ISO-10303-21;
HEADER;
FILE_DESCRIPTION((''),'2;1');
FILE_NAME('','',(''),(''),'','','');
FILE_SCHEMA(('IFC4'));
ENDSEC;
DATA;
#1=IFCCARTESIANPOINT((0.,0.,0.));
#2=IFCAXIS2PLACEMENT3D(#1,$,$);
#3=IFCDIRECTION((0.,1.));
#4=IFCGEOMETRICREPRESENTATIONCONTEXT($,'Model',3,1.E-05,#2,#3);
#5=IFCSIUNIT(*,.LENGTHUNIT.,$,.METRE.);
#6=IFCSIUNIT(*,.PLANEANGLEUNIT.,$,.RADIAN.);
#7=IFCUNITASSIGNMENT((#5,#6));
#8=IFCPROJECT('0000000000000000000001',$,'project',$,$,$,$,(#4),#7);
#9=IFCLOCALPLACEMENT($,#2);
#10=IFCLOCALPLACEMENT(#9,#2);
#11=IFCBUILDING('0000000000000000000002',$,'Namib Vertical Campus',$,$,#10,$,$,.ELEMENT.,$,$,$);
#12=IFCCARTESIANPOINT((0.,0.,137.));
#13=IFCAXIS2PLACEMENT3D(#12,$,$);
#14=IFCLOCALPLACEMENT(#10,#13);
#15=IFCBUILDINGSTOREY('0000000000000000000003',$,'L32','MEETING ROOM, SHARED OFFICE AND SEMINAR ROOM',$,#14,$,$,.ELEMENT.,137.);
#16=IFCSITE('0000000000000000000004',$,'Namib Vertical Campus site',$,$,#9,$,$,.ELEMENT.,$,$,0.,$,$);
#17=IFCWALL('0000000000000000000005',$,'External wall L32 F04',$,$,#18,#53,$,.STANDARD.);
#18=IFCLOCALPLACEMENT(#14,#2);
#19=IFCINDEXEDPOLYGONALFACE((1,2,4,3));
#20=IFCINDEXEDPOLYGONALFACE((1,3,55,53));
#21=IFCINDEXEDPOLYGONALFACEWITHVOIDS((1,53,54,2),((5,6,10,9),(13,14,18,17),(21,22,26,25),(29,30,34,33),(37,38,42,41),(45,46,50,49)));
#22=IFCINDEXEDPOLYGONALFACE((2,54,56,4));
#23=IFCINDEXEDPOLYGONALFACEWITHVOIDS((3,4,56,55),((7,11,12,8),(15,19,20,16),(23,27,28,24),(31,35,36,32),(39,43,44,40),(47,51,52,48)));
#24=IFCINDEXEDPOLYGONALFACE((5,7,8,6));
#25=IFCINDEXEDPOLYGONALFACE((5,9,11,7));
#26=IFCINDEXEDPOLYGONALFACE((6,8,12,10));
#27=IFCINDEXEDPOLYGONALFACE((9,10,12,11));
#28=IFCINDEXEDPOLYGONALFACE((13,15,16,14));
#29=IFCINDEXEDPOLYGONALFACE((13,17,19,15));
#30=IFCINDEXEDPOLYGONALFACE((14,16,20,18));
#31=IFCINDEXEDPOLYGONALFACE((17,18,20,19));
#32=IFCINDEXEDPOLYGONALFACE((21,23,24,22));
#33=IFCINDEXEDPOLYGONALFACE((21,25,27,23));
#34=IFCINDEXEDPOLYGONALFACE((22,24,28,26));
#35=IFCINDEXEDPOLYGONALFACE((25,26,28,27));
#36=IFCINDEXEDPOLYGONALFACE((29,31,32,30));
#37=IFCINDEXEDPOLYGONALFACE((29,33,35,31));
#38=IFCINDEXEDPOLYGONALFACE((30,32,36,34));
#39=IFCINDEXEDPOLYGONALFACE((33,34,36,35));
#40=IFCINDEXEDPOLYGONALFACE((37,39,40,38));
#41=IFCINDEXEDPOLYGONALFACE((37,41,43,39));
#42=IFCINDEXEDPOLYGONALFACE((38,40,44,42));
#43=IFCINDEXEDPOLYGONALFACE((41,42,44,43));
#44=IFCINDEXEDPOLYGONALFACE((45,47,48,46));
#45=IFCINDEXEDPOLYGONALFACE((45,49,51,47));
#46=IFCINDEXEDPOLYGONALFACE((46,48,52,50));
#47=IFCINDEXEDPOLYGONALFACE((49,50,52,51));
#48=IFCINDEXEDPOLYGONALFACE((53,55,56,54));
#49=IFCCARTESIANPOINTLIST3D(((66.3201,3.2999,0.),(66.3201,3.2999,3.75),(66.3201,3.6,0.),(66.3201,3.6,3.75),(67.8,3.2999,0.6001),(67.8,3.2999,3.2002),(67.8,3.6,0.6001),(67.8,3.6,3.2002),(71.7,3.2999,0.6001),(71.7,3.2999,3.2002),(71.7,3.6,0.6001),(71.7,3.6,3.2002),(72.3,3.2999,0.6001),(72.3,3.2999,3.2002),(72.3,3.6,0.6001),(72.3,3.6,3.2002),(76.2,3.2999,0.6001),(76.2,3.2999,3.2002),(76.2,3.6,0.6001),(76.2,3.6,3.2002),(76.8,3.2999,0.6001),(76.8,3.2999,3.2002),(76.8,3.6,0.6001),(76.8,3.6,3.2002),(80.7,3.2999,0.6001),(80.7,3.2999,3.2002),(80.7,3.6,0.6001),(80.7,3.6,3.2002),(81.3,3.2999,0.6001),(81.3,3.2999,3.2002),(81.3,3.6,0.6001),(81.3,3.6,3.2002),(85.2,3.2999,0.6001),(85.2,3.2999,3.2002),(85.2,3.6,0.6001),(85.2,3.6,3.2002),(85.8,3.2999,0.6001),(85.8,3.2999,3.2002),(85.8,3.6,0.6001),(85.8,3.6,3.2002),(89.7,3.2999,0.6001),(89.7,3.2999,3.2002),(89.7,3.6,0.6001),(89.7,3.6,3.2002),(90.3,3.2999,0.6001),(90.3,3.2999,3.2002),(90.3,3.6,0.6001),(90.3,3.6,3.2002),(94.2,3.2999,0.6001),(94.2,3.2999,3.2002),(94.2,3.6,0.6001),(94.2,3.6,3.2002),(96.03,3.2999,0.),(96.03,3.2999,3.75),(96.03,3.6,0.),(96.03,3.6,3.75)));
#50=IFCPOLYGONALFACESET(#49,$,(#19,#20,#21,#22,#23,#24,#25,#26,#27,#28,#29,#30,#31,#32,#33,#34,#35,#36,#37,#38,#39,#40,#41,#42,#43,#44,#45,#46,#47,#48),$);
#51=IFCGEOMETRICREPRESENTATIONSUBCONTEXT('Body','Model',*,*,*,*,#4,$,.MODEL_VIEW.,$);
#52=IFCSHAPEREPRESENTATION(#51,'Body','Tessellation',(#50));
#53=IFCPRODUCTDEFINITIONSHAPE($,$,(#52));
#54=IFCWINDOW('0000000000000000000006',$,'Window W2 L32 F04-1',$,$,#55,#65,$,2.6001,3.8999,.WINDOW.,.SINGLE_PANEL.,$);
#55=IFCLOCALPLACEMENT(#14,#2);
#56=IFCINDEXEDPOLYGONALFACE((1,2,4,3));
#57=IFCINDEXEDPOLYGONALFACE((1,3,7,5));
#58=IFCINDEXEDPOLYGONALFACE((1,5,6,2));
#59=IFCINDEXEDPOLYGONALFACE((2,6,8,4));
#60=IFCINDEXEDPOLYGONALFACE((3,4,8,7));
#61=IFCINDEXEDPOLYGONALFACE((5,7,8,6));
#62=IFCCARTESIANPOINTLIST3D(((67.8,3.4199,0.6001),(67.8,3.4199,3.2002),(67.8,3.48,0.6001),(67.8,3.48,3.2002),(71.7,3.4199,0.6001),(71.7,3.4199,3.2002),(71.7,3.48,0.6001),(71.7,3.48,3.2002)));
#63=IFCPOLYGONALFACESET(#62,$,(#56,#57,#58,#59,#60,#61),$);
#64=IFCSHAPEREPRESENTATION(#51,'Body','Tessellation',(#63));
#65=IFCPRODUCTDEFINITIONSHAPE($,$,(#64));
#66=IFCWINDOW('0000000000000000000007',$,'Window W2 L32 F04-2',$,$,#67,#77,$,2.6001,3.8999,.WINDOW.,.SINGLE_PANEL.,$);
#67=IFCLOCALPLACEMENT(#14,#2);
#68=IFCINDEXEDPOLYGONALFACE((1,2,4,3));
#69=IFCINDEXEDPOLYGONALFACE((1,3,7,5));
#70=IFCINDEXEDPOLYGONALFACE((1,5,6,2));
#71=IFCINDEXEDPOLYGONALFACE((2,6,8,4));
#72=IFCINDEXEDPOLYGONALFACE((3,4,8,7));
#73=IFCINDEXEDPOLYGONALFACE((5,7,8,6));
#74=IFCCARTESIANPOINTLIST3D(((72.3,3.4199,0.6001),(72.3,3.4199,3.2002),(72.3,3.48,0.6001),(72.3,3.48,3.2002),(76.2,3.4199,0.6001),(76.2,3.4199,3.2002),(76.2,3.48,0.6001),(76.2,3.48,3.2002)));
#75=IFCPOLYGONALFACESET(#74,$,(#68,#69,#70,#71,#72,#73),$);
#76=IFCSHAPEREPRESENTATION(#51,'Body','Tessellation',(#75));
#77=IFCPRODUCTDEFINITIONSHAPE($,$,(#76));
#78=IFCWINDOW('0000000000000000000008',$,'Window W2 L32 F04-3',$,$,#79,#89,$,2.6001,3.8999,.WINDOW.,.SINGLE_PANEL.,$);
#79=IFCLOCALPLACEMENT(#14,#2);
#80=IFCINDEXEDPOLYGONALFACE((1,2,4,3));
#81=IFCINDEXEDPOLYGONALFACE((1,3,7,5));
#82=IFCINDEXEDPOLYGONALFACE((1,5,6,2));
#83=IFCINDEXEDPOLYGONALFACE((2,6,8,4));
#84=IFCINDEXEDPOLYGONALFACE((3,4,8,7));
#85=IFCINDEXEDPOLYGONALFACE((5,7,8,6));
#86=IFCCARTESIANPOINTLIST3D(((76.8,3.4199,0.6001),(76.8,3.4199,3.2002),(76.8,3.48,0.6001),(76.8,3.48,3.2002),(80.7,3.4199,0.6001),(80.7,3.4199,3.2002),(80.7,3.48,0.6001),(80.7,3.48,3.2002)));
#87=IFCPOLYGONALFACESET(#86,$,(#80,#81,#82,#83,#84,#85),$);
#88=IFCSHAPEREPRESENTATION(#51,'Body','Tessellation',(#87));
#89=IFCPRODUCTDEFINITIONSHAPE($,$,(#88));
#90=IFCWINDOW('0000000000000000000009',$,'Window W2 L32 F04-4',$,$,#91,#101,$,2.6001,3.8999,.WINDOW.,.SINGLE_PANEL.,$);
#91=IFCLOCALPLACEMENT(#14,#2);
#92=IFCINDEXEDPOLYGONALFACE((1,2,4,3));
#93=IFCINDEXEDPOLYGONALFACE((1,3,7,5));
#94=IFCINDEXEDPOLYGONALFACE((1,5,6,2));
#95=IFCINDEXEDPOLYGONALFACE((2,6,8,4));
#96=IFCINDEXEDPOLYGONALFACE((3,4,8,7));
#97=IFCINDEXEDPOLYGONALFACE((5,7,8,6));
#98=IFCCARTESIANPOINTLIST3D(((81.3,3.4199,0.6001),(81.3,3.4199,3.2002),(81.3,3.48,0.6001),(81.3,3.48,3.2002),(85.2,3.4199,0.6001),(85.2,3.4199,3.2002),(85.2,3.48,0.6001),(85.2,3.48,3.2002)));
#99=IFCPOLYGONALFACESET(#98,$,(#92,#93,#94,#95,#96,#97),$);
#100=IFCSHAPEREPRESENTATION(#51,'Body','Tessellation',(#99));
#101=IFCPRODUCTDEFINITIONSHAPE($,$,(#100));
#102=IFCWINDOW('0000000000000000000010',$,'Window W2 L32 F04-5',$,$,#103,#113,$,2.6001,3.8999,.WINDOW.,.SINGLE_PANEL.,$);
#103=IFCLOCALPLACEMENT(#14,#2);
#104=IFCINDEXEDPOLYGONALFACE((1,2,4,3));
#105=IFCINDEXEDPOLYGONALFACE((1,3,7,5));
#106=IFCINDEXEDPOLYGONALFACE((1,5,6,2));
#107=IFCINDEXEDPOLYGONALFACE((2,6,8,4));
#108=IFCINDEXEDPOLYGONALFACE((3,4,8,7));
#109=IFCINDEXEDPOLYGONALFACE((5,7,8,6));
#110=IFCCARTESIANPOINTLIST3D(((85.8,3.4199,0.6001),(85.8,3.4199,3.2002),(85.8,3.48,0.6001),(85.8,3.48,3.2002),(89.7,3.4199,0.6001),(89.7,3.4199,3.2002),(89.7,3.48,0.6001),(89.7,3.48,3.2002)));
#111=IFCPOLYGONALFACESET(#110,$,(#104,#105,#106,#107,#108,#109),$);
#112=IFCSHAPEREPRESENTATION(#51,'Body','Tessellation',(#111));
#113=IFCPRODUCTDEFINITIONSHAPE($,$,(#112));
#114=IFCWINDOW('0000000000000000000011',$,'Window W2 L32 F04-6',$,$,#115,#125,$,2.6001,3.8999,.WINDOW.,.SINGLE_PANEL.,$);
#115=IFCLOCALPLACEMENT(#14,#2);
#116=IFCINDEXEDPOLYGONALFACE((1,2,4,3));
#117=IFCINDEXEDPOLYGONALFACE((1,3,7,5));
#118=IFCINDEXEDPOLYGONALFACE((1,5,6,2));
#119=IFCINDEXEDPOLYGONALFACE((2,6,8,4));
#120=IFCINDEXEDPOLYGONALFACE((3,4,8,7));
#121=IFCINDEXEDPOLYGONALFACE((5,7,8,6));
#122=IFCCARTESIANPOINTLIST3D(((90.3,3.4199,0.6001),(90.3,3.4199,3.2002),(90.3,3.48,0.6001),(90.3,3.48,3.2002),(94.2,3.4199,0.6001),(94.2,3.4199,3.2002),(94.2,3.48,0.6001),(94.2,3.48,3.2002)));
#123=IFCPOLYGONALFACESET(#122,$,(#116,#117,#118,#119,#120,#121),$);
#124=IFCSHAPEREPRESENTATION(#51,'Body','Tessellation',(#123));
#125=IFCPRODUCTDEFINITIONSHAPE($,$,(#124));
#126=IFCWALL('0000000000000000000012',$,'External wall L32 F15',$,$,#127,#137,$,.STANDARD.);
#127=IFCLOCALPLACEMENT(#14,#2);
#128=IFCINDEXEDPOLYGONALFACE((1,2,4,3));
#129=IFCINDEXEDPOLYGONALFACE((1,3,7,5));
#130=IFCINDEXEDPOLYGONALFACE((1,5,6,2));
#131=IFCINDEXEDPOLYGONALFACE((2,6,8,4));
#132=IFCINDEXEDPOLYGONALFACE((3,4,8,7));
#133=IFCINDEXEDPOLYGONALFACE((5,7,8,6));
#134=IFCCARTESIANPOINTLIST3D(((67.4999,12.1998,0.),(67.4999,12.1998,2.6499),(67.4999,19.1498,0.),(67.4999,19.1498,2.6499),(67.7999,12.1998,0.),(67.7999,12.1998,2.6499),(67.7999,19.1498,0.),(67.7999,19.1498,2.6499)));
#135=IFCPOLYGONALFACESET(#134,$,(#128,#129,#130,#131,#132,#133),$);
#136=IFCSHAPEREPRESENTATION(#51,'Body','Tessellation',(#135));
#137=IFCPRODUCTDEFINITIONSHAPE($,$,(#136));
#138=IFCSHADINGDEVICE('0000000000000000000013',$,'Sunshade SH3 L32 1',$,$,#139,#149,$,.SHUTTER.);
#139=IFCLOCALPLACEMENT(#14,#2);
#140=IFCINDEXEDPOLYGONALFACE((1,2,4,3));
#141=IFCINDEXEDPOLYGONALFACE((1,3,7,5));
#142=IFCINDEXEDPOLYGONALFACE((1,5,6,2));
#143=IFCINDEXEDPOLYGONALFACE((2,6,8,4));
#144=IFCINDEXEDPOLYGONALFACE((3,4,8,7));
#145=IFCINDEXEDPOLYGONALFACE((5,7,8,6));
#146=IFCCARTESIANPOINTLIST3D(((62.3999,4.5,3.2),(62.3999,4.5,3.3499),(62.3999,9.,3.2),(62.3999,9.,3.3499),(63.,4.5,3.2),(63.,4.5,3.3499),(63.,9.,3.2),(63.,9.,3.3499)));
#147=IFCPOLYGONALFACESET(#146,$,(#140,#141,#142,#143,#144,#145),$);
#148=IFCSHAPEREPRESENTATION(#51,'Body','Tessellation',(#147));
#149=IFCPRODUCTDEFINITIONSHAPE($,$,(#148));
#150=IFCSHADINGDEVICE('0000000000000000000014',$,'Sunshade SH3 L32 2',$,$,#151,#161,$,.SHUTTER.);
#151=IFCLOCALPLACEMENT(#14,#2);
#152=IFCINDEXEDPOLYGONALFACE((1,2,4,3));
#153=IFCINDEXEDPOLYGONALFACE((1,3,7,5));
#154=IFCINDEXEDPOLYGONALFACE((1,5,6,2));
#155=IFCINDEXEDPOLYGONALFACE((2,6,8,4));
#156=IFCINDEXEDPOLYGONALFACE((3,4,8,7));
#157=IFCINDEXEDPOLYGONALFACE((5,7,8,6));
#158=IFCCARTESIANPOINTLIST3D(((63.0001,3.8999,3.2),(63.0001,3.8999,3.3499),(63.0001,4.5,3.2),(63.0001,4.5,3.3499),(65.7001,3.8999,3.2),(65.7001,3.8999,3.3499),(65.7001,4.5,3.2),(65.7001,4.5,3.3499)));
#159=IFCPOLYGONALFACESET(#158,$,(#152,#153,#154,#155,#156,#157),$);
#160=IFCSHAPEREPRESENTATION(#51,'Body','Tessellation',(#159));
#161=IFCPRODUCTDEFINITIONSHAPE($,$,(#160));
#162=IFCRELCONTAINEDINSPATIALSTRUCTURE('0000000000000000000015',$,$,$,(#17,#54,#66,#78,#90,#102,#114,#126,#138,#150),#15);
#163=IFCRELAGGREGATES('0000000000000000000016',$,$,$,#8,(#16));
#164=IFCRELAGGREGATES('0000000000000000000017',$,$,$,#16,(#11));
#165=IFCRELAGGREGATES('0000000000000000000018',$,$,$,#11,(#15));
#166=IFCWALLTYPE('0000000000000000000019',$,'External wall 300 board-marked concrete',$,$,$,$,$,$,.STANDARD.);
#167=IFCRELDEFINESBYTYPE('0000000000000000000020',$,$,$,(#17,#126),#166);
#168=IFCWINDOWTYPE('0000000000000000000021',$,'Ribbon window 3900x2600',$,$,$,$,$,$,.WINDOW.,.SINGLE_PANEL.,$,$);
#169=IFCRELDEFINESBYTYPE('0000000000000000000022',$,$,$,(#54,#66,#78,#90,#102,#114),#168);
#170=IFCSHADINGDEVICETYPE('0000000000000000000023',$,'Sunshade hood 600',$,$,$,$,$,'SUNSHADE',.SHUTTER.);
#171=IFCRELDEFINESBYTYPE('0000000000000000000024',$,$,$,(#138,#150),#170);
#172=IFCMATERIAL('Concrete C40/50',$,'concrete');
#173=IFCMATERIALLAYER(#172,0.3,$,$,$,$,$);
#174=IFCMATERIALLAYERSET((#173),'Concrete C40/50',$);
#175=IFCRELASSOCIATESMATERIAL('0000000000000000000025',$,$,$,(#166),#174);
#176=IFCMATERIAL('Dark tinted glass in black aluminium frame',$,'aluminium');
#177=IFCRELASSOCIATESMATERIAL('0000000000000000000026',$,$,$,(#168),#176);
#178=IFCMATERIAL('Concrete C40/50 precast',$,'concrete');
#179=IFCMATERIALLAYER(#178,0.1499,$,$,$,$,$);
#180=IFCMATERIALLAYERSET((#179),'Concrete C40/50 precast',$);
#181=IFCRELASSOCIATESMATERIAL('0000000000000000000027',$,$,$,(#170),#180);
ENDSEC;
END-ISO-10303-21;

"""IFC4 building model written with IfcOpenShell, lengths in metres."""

from ifc_helpers import new_model, si_unit, direction, frame, frame_2d, origin, origin_2d, place, context, subcontext, project, spatial, rectangle, extrude, material, layer, layer_set, type_object, element, fill, save


model = new_model("IFC4")

# Units and contexts
model_context = context("Model", 3, precision=1e-05, world=origin(), true_north=direction((0.0, 1.0)))
body_context = subcontext(model_context, "Body", "Model", "MODEL_VIEW")
ifc_project = project(units=[si_unit("LENGTHUNIT", "METRE"), si_unit("PLANEANGLEUNIT", "RADIAN")], contexts=[model_context])

# Site, building, storey
site_placement = place(None, origin())
site = spatial("IfcSite", under=ifc_project, at=site_placement, Name="Namib Vertical Campus site", CompositionType="ELEMENT", RefElevation=0.0)
building_placement = place(site_placement, origin())
building = spatial("IfcBuilding", under=site, at=building_placement, Name="Namib Vertical Campus", CompositionType="ELEMENT")
storey_placement = place(building_placement, frame((0.0, 0.0, 137.0)))
storey = spatial("IfcBuildingStorey", under=building, at=storey_placement, Name="L32", Description="MEETING ROOM, SHARED OFFICE AND SEMINAR ROOM", CompositionType="ELEMENT", Elevation=137.0)

# Shared definitions
ifc_material_1 = material(Name="Concrete C40/50", Category="concrete")
ifc_layer_1 = layer(ifc_material_1, 0.3)
ifc_layer_set_1 = layer_set([ifc_layer_1], Name="Concrete C40/50")
wall_type = type_object("IfcWallType", Name="External wall 300 board-marked concrete", PredefinedType="STANDARD", material=ifc_layer_set_1)

# Wall, openings, windows
wall_1_placement = place(storey_placement, frame((66.3201, 3.45, 0.0), z_axis=(0.0, 0.0, 1.0), x_axis=(1.0, 0.0, 0.0)))
wall_1 = element("IfcWall", 1, at=wall_1_placement, inside=storey, type_object=wall_type, Name="External wall L32 F04", PredefinedType="STANDARD", context=body_context, shape_type="SweptSolid", body=[
    extrude(rectangle(XDim=29.71, YDim=0.3, at=frame_2d((14.855, 0.0))), origin(), (0.0, 0.0, 1.0), 3.75),
])
opening_1_placement = place(wall_1_placement, frame((1.48, 0.0, 0.6001)))
opening_1 = element("IfcOpeningElement", 2, at=opening_1_placement, cuts=wall_1, PredefinedType="OPENING", context=body_context, shape_type="SweptSolid", body=[
    extrude(rectangle(XDim=3.8999, YDim=2.6001, at=frame_2d((1.95, 1.3))), frame((0.0, 0.1599, 0.0), z_axis=(0.0, -1.0, 0.0), x_axis=(1.0, 0.0, 0.0)), (0.0, 0.0, 1.0), 0.3201),
])
opening_2_placement = place(wall_1_placement, frame((5.98, 0.0, 0.6001)))
opening_2 = element("IfcOpeningElement", 3, at=opening_2_placement, cuts=wall_1, PredefinedType="OPENING", context=body_context, shape_type="SweptSolid", body=[
    extrude(rectangle(XDim=3.8999, YDim=2.6001, at=frame_2d((1.95, 1.3))), frame((0.0, 0.1599, 0.0), z_axis=(0.0, -1.0, 0.0), x_axis=(1.0, 0.0, 0.0)), (0.0, 0.0, 1.0), 0.3201),
])
opening_3_placement = place(wall_1_placement, frame((10.48, 0.0, 0.6001)))
opening_3 = element("IfcOpeningElement", 4, at=opening_3_placement, cuts=wall_1, PredefinedType="OPENING", context=body_context, shape_type="SweptSolid", body=[
    extrude(rectangle(XDim=3.8999, YDim=2.6001, at=frame_2d((1.95, 1.3))), frame((0.0, 0.1599, 0.0), z_axis=(0.0, -1.0, 0.0), x_axis=(1.0, 0.0, 0.0)), (0.0, 0.0, 1.0), 0.3201),
])
opening_4_placement = place(wall_1_placement, frame((14.98, 0.0, 0.6001)))
opening_4 = element("IfcOpeningElement", 5, at=opening_4_placement, cuts=wall_1, PredefinedType="OPENING", context=body_context, shape_type="SweptSolid", body=[
    extrude(rectangle(XDim=3.8999, YDim=2.6001, at=frame_2d((1.95, 1.3))), frame((0.0, 0.1599, 0.0), z_axis=(0.0, -1.0, 0.0), x_axis=(1.0, 0.0, 0.0)), (0.0, 0.0, 1.0), 0.3201),
])
opening_5_placement = place(wall_1_placement, frame((19.48, 0.0, 0.6001)))
opening_5 = element("IfcOpeningElement", 6, at=opening_5_placement, cuts=wall_1, PredefinedType="OPENING", context=body_context, shape_type="SweptSolid", body=[
    extrude(rectangle(XDim=3.8999, YDim=2.6001, at=frame_2d((1.95, 1.3))), frame((0.0, 0.1599, 0.0), z_axis=(0.0, -1.0, 0.0), x_axis=(1.0, 0.0, 0.0)), (0.0, 0.0, 1.0), 0.3201),
])
opening_6_placement = place(wall_1_placement, frame((23.98, 0.0, 0.6001)))
opening_6 = element("IfcOpeningElement", 7, at=opening_6_placement, cuts=wall_1, PredefinedType="OPENING", context=body_context, shape_type="SweptSolid", body=[
    extrude(rectangle(XDim=3.8999, YDim=2.6001, at=frame_2d((1.95, 1.3))), frame((0.0, 0.1599, 0.0), z_axis=(0.0, -1.0, 0.0), x_axis=(1.0, 0.0, 0.0)), (0.0, 0.0, 1.0), 0.3201),
])
ifc_material_2 = material(Name="Dark tinted glass in black aluminium frame", Category="aluminium")
window_type = type_object("IfcWindowType", Name="Ribbon window 3900x2600", PartitioningType="SINGLE_PANEL", PredefinedType="WINDOW", material=ifc_material_2)
window_1_placement = place(opening_1_placement, origin())
window_1 = element("IfcWindow", 8, at=window_1_placement, inside=storey, type_object=window_type, Name="Window W2 L32 F04-1", OverallHeight=2.6001, OverallWidth=3.8999, PartitioningType="SINGLE_PANEL", PredefinedType="WINDOW", context=body_context, shape_type="SweptSolid", body=[
    extrude(rectangle(XDim=3.8999, YDim=2.6001, at=frame_2d((1.95, 1.3))), frame((0.0, 0.03, 0.0), z_axis=(0.0, -1.0, 0.0), x_axis=(1.0, 0.0, 0.0)), (0.0, 0.0, 1.0), 0.0601),
])
fill(opening_1, window_1)
window_2_placement = place(opening_2_placement, origin())
window_2 = element("IfcWindow", 9, at=window_2_placement, inside=storey, type_object=window_type, Name="Window W2 L32 F04-2", OverallHeight=2.6001, OverallWidth=3.8999, PartitioningType="SINGLE_PANEL", PredefinedType="WINDOW", context=body_context, shape_type="SweptSolid", body=[
    extrude(rectangle(XDim=3.8999, YDim=2.6001, at=frame_2d((1.95, 1.3))), frame((0.0, 0.03, 0.0), z_axis=(0.0, -1.0, 0.0), x_axis=(1.0, 0.0, 0.0)), (0.0, 0.0, 1.0), 0.0601),
])
fill(opening_2, window_2)
window_3_placement = place(opening_3_placement, origin())
window_3 = element("IfcWindow", 10, at=window_3_placement, inside=storey, type_object=window_type, Name="Window W2 L32 F04-3", OverallHeight=2.6001, OverallWidth=3.8999, PartitioningType="SINGLE_PANEL", PredefinedType="WINDOW", context=body_context, shape_type="SweptSolid", body=[
    extrude(rectangle(XDim=3.8999, YDim=2.6001, at=frame_2d((1.95, 1.3))), frame((0.0, 0.03, 0.0), z_axis=(0.0, -1.0, 0.0), x_axis=(1.0, 0.0, 0.0)), (0.0, 0.0, 1.0), 0.0601),
])
fill(opening_3, window_3)
window_4_placement = place(opening_4_placement, origin())
window_4 = element("IfcWindow", 11, at=window_4_placement, inside=storey, type_object=window_type, Name="Window W2 L32 F04-4", OverallHeight=2.6001, OverallWidth=3.8999, PartitioningType="SINGLE_PANEL", PredefinedType="WINDOW", context=body_context, shape_type="SweptSolid", body=[
    extrude(rectangle(XDim=3.8999, YDim=2.6001, at=frame_2d((1.95, 1.3))), frame((0.0, 0.03, 0.0), z_axis=(0.0, -1.0, 0.0), x_axis=(1.0, 0.0, 0.0)), (0.0, 0.0, 1.0), 0.0601),
])
fill(opening_4, window_4)
window_5_placement = place(opening_5_placement, origin())
window_5 = element("IfcWindow", 12, at=window_5_placement, inside=storey, type_object=window_type, Name="Window W2 L32 F04-5", OverallHeight=2.6001, OverallWidth=3.8999, PartitioningType="SINGLE_PANEL", PredefinedType="WINDOW", context=body_context, shape_type="SweptSolid", body=[
    extrude(rectangle(XDim=3.8999, YDim=2.6001, at=frame_2d((1.95, 1.3))), frame((0.0, 0.03, 0.0), z_axis=(0.0, -1.0, 0.0), x_axis=(1.0, 0.0, 0.0)), (0.0, 0.0, 1.0), 0.0601),
])
fill(opening_5, window_5)
window_6_placement = place(opening_6_placement, origin())
window_6 = element("IfcWindow", 13, at=window_6_placement, inside=storey, type_object=window_type, Name="Window W2 L32 F04-6", OverallHeight=2.6001, OverallWidth=3.8999, PartitioningType="SINGLE_PANEL", PredefinedType="WINDOW", context=body_context, shape_type="SweptSolid", body=[
    extrude(rectangle(XDim=3.8999, YDim=2.6001, at=frame_2d((1.95, 1.3))), frame((0.0, 0.03, 0.0), z_axis=(0.0, -1.0, 0.0), x_axis=(1.0, 0.0, 0.0)), (0.0, 0.0, 1.0), 0.0601),
])
fill(opening_6, window_6)

# Wall
wall_2_placement = place(storey_placement, frame((67.6499, 19.1499, 0.0), z_axis=(0.0, 0.0, 1.0), x_axis=(0.0, -1.0, 0.0)))
element("IfcWall", 14, at=wall_2_placement, inside=storey, type_object=wall_type, Name="External wall L32 F15", PredefinedType="STANDARD", context=body_context, shape_type="SweptSolid", body=[
    extrude(rectangle(XDim=6.95, YDim=0.3, at=frame_2d((3.4751, 0.0))), origin(), (0.0, 0.0, 1.0), 2.6499),
])

# Shading devices
ifc_material_3 = material(Name="Concrete C40/50 precast", Category="concrete")
ifc_layer_2 = layer(ifc_material_3, 0.1499)
ifc_layer_set_2 = layer_set([ifc_layer_2], Name="Concrete C40/50 precast")
shading_device_type = type_object("IfcShadingDeviceType", Name="Sunshade hood 600", ElementType="SUNSHADE", PredefinedType="SHUTTER", material=ifc_layer_set_2)
shading_device_1_placement = place(storey_placement, frame((62.7, 6.75, 3.2), z_axis=(0.0, 0.0, 1.0), x_axis=(0.0, -1.0, 0.0)))
element("IfcShadingDevice", 15, at=shading_device_1_placement, inside=storey, type_object=shading_device_type, Name="Sunshade SH3 L32 1", PredefinedType="SHUTTER", context=body_context, shape_type="SweptSolid", body=[
    extrude(rectangle(XDim=4.5, YDim=0.6001, at=origin_2d()), origin(), (0.0, 0.0, 1.0), 0.1499),
])
shading_device_2_placement = place(storey_placement, frame((64.3501, 4.2, 3.2), z_axis=(0.0, 0.0, 1.0), x_axis=(1.0, 0.0, 0.0)))
element("IfcShadingDevice", 16, at=shading_device_2_placement, inside=storey, type_object=shading_device_type, Name="Sunshade SH3 L32 2", PredefinedType="SHUTTER", context=body_context, shape_type="SweptSolid", body=[
    extrude(rectangle(XDim=2.7, YDim=0.6001, at=origin_2d()), origin(), (0.0, 0.0, 1.0), 0.1499),
])

save(model, "model.ifc")
